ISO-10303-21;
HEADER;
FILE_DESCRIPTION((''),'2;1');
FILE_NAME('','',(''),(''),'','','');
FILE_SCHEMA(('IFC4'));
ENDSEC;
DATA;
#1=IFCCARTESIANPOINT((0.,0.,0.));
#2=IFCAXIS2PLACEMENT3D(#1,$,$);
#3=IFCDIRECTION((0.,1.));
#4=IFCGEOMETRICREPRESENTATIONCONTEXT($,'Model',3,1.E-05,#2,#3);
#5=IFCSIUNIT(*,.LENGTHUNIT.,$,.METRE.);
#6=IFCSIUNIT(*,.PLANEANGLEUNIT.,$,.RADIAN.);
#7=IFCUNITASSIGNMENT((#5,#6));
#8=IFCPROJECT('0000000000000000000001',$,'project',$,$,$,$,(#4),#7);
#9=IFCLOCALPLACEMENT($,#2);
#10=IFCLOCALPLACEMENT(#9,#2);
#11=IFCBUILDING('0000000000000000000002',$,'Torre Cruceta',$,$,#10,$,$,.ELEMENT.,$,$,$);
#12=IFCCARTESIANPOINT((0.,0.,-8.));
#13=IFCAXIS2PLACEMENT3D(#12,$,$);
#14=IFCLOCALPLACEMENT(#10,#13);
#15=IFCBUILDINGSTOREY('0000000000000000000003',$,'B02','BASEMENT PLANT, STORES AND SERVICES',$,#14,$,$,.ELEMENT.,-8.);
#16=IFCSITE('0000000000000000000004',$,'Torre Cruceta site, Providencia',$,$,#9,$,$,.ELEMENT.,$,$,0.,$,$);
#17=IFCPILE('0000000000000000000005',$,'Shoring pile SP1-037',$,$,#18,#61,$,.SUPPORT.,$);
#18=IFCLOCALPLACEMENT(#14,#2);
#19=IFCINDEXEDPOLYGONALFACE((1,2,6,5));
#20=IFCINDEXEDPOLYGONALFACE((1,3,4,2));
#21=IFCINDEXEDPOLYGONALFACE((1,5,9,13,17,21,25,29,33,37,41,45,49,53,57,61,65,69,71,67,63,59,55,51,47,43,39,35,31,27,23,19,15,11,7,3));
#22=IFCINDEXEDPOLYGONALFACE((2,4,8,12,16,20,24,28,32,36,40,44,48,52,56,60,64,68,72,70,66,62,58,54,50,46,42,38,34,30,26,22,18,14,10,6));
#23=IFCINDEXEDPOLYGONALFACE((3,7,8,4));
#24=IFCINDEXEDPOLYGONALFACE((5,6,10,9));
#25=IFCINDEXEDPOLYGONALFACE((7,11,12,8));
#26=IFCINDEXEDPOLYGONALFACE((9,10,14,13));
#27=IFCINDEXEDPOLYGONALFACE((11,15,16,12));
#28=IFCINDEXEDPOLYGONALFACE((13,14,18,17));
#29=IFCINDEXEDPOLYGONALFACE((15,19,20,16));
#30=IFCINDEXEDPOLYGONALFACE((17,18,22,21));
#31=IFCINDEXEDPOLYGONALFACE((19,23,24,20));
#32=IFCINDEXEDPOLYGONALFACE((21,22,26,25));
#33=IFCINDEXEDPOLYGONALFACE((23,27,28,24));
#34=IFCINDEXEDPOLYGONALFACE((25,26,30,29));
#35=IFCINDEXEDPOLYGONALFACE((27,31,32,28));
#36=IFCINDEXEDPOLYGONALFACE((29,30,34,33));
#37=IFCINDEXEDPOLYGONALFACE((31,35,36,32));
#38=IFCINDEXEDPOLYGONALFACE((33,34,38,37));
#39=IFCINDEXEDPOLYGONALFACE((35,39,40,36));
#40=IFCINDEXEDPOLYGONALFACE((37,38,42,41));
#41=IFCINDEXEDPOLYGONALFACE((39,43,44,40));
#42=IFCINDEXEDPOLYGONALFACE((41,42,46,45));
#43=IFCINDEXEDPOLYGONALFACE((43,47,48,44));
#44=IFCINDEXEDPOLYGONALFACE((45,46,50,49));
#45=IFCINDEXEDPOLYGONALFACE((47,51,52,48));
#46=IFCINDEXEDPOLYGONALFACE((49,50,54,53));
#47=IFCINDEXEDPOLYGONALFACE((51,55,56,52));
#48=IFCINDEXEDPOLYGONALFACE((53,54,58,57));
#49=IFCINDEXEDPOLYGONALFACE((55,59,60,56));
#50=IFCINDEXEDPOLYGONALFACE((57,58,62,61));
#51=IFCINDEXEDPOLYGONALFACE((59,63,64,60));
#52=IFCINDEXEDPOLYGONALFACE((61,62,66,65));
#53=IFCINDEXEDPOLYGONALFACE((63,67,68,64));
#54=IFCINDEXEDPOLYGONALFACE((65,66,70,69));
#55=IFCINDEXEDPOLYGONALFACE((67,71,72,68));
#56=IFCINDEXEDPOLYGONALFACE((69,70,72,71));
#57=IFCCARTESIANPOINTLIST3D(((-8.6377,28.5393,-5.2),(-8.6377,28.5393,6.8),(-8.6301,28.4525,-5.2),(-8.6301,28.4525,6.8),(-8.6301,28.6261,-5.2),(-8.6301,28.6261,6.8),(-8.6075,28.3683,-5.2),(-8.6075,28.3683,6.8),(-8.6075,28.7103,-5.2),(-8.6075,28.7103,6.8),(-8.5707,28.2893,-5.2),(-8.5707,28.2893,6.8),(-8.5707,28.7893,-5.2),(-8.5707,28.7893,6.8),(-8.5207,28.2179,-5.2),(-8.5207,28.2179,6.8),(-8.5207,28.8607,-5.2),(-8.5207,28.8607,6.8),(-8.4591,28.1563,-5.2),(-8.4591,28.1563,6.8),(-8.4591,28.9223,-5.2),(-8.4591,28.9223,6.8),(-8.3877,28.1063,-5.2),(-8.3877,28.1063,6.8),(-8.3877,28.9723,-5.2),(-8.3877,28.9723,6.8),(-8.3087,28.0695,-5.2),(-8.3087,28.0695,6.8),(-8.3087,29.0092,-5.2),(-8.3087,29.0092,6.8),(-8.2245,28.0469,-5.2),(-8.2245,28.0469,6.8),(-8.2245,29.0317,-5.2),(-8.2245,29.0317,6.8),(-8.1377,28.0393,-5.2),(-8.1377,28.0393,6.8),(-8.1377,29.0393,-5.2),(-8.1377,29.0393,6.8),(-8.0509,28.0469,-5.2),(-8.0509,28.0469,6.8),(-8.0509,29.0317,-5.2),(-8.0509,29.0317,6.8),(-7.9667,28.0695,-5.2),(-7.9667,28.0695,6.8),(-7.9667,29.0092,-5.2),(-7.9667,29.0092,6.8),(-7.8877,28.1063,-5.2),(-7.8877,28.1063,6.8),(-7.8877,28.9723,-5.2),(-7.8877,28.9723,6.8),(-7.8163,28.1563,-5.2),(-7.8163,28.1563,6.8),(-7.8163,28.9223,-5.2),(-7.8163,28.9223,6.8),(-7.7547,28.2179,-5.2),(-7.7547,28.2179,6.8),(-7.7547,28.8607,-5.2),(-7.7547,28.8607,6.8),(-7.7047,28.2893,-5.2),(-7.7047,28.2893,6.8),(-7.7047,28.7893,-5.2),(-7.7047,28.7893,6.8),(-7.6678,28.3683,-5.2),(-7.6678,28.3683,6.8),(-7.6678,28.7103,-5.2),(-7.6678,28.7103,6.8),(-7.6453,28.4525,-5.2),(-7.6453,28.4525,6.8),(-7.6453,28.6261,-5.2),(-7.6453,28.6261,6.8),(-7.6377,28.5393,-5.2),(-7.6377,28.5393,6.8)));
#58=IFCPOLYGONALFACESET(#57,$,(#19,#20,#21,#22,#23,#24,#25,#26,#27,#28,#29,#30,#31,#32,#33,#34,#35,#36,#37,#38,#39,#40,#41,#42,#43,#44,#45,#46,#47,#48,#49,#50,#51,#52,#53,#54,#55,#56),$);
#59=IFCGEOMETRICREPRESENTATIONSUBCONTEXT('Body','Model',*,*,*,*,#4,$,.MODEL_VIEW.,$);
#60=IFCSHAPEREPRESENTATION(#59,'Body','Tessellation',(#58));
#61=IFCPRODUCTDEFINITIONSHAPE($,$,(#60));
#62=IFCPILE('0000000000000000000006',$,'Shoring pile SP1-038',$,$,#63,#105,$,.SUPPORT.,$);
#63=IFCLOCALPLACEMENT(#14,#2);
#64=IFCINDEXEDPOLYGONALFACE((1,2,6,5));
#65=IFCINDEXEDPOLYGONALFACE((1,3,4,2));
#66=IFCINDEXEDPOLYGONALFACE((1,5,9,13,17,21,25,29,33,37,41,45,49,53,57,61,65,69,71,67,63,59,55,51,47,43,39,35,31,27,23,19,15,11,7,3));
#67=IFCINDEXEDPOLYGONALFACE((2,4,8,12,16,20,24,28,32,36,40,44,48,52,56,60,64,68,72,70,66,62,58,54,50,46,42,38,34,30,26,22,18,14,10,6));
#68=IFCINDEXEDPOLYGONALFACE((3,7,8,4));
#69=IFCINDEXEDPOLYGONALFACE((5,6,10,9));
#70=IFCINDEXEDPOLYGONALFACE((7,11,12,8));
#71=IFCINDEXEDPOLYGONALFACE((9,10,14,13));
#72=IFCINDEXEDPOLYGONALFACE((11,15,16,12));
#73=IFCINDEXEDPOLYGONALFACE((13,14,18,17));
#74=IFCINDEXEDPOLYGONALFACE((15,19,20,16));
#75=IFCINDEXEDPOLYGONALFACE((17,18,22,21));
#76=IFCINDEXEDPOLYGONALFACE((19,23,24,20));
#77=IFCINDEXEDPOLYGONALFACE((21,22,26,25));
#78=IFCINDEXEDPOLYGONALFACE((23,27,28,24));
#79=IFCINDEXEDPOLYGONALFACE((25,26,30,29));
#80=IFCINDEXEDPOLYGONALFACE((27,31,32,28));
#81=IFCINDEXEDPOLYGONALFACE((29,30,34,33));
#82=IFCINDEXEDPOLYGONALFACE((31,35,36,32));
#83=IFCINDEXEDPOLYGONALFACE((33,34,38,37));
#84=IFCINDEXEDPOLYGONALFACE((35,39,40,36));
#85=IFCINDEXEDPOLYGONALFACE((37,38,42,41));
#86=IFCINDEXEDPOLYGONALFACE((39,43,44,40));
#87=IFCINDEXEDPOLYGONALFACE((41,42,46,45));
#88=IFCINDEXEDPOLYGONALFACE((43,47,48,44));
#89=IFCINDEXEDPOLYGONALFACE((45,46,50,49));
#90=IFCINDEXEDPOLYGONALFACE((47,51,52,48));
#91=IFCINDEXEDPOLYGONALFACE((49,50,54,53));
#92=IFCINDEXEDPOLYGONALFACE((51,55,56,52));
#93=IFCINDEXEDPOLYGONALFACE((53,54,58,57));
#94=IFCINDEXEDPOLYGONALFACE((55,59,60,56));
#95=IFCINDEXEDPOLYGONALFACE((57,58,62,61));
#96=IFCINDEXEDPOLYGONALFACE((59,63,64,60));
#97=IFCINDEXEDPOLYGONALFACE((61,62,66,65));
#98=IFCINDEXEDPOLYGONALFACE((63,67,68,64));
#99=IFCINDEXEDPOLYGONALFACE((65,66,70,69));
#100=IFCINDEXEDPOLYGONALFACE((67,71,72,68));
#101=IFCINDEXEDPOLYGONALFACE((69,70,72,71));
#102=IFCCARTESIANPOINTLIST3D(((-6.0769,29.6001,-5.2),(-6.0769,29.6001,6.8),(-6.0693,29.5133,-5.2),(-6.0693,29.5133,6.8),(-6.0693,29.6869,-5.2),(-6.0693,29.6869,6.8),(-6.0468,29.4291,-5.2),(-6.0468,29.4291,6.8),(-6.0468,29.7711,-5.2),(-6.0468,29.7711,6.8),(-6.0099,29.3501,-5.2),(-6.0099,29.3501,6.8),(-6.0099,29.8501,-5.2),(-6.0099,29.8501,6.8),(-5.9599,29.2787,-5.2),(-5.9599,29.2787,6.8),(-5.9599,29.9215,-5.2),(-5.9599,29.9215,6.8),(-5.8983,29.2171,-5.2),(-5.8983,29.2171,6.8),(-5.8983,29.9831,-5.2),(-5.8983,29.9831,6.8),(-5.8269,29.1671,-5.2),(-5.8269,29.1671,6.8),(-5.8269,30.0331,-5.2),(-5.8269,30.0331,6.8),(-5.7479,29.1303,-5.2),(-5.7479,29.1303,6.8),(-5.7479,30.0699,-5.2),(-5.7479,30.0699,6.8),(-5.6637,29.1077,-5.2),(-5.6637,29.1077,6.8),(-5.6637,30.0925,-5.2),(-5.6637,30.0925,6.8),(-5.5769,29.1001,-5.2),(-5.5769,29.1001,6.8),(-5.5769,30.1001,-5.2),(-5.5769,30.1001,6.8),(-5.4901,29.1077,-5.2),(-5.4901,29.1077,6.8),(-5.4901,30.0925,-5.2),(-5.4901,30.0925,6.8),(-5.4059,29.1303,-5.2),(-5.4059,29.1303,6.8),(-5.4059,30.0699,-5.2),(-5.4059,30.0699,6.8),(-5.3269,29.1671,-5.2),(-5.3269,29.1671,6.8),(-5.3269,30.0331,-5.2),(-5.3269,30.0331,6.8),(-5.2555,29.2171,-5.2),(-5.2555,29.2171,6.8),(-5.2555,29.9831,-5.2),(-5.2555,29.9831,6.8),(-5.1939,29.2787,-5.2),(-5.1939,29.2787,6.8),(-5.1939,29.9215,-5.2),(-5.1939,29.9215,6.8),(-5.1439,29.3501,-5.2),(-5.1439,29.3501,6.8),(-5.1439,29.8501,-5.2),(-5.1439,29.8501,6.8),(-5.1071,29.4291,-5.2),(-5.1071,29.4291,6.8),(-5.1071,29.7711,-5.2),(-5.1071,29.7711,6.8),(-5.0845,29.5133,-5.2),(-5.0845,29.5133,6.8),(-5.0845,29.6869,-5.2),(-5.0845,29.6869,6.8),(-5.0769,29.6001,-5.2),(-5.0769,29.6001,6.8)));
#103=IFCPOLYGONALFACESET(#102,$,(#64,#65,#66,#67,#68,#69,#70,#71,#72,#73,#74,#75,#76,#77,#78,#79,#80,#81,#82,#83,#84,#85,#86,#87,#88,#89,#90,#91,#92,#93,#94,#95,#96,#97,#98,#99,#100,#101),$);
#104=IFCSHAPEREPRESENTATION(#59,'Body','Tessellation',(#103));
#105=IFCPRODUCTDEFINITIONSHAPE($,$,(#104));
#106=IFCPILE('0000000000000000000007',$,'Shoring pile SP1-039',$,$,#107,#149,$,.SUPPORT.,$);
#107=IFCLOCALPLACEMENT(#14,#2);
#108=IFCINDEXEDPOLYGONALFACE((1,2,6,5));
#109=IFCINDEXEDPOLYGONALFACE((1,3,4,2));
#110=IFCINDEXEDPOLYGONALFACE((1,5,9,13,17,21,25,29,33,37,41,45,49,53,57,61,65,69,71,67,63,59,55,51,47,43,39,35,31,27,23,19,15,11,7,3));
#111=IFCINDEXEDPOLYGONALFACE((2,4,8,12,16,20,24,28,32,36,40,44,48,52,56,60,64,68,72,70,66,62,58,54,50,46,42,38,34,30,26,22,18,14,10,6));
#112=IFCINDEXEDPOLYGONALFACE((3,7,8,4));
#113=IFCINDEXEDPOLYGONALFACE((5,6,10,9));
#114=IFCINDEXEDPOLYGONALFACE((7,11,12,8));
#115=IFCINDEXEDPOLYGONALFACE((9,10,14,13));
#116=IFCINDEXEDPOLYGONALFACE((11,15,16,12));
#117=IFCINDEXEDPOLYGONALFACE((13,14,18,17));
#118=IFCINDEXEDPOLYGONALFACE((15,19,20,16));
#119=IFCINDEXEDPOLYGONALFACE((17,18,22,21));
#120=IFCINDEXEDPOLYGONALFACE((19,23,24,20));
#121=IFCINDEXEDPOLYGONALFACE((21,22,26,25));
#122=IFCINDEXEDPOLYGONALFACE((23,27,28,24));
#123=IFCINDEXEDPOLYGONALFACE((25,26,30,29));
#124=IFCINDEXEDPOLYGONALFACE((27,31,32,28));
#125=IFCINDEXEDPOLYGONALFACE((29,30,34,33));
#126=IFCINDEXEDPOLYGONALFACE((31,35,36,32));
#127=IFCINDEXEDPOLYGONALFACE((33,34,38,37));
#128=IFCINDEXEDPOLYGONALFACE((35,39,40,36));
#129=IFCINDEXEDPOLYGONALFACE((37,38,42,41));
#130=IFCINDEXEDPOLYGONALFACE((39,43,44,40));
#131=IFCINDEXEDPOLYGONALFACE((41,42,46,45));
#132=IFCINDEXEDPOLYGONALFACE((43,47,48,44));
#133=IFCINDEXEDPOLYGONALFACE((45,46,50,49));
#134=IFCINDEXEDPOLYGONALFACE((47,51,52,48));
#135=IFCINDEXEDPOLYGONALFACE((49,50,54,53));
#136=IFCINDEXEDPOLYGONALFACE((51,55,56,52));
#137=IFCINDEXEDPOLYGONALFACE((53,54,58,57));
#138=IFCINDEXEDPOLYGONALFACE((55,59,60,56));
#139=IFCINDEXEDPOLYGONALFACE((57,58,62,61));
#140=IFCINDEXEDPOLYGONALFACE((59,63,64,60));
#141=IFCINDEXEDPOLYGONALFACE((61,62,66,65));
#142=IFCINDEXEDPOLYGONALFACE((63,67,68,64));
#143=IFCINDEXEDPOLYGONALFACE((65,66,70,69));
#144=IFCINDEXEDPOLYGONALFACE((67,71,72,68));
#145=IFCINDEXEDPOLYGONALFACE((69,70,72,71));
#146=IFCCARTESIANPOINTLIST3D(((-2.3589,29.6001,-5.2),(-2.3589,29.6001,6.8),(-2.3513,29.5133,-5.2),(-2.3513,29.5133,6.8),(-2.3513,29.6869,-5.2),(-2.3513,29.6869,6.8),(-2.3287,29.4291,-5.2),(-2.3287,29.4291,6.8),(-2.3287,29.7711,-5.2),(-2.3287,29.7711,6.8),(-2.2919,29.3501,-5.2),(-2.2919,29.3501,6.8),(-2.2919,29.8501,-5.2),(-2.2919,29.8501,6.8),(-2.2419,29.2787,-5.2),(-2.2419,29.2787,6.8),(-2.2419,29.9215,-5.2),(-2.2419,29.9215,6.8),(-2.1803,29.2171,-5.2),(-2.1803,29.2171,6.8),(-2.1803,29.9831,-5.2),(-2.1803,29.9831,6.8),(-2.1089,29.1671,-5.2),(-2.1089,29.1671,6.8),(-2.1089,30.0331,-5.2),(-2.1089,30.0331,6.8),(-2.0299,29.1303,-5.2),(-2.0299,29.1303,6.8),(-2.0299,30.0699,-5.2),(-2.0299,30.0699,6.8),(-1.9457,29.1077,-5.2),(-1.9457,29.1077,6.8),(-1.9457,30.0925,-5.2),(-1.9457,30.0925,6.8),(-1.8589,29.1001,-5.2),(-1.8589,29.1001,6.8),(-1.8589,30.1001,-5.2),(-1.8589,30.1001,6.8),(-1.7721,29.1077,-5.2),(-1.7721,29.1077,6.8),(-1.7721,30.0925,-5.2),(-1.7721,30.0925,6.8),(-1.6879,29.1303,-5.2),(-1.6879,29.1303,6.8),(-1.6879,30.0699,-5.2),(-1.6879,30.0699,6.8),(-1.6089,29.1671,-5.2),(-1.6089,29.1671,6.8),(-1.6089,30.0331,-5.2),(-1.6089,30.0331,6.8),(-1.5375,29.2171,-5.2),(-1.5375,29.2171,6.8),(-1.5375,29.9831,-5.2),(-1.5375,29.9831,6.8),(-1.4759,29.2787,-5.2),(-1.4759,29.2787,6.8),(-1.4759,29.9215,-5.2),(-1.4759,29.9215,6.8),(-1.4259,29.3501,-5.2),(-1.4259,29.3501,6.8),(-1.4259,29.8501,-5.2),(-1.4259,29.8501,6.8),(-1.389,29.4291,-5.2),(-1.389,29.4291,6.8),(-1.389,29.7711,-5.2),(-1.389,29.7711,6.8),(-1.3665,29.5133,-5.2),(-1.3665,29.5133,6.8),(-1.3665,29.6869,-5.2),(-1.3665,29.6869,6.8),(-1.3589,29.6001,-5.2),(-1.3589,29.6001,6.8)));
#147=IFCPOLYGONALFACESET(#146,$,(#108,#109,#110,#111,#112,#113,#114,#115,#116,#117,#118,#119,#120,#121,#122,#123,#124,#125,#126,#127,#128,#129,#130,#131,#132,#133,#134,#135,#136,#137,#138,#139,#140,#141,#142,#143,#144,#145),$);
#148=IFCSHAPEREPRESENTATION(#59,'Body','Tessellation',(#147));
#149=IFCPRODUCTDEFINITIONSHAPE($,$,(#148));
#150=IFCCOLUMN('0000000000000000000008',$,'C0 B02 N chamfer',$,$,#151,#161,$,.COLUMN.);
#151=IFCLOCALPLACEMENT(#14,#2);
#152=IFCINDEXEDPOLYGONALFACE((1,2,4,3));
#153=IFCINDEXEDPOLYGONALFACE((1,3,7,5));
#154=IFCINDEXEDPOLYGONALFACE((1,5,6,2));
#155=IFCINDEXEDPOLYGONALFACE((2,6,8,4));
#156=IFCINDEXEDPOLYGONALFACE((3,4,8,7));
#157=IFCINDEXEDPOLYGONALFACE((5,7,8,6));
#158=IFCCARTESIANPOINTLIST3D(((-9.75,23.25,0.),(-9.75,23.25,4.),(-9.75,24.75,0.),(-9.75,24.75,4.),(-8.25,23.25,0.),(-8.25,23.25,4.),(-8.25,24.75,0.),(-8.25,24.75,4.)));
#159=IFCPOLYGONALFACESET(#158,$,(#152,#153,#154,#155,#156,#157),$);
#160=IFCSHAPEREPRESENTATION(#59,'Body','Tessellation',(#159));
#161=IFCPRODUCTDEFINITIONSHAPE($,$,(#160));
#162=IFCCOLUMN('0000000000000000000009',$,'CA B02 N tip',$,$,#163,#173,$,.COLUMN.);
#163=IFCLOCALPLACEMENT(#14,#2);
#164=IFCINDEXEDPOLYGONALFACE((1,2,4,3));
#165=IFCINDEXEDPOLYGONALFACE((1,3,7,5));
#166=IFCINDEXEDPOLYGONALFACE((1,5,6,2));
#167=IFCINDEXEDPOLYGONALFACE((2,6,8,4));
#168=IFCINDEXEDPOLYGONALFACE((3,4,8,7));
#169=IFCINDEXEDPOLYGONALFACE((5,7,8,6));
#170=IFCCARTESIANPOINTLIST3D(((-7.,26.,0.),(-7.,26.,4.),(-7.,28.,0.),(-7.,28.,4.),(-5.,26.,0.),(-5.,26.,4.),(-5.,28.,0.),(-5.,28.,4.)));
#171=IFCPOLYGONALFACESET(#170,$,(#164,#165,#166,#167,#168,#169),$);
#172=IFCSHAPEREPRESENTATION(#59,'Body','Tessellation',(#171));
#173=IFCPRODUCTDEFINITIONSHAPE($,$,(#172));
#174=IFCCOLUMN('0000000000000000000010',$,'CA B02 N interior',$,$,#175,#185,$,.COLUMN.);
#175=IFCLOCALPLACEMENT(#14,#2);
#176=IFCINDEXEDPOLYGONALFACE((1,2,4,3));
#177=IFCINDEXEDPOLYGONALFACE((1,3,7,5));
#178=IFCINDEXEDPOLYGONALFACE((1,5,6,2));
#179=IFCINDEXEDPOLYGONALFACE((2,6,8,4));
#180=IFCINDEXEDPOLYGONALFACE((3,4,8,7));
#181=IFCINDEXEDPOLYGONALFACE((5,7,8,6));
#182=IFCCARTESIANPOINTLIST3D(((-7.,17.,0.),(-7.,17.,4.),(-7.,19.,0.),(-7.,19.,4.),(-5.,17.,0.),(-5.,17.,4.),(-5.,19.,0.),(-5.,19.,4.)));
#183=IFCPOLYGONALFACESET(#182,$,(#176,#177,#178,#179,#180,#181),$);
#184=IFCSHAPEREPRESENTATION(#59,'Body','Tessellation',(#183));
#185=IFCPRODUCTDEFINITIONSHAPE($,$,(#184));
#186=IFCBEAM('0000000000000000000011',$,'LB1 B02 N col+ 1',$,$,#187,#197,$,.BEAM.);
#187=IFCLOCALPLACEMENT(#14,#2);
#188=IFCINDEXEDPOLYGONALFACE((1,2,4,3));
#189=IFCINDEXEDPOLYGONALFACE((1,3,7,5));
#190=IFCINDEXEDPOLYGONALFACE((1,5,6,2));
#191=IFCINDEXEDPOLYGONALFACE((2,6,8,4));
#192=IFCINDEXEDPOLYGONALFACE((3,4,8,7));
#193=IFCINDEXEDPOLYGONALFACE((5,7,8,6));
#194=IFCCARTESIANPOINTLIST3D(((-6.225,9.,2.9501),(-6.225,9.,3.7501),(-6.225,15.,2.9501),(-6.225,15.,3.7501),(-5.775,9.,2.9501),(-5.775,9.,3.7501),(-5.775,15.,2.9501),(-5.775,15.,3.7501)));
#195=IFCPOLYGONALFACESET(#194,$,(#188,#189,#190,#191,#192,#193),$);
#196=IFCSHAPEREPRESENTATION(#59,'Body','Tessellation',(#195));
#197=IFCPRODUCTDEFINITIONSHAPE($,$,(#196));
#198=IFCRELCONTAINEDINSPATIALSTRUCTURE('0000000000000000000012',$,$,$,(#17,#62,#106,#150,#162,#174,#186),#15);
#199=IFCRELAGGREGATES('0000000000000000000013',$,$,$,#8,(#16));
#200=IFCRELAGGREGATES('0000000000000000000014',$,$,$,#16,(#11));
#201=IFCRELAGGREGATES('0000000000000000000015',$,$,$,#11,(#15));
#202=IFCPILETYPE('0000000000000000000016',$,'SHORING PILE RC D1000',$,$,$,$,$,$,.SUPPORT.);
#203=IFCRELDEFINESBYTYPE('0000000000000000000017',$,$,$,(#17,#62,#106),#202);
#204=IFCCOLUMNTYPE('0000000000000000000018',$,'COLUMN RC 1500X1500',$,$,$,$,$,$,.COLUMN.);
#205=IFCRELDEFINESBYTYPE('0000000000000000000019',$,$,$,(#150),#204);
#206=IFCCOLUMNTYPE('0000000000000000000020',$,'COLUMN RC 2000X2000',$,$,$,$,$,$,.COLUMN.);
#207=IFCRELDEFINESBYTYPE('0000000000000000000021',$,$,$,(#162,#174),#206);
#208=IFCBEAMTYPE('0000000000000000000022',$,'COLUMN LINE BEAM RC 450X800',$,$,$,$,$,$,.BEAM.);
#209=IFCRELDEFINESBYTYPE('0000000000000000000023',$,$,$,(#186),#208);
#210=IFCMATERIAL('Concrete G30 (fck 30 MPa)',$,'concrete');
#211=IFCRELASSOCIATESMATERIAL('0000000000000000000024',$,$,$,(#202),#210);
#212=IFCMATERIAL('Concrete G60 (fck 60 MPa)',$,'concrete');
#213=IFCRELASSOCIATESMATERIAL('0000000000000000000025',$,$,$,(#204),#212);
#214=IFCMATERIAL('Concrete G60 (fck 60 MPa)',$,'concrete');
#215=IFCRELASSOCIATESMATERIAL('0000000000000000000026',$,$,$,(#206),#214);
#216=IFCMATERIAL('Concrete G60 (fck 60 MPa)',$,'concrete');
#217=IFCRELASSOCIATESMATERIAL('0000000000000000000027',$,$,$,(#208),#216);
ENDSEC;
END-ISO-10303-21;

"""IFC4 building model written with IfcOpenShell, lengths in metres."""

from ifc_helpers import new_model, si_unit, direction, frame, origin, origin_2d, place, context, subcontext, project, spatial, rectangle, circle, extrude, material, material_profile, profile_set, type_object, element, save


model = new_model("IFC4")

# Units and contexts
model_context = context("Model", 3, precision=1e-05, world=origin(), true_north=direction((0.0, 1.0)))
body_context = subcontext(model_context, "Body", "Model", "MODEL_VIEW")
ifc_project = project(units=[si_unit("LENGTHUNIT", "METRE"), si_unit("PLANEANGLEUNIT", "RADIAN")], contexts=[model_context])

# Site, building, storey
site_placement = place(None, origin())
site = spatial("IfcSite", under=ifc_project, at=site_placement, Name="Torre Cruceta site, Providencia", CompositionType="ELEMENT", RefElevation=0.0)
building_placement = place(site_placement, origin())
building = spatial("IfcBuilding", under=site, at=building_placement, Name="Torre Cruceta", CompositionType="ELEMENT")
storey_placement = place(building_placement, frame((0.0, 0.0, -8.0)))
storey = spatial("IfcBuildingStorey", under=building, at=storey_placement, Name="B02", Description="BASEMENT PLANT, STORES AND SERVICES", CompositionType="ELEMENT", Elevation=-8.0)

# Piles
ifc_material_1 = material(Name="Concrete G30 (fck 30 MPa)", Category="concrete")
ifc_material_profile_1 = material_profile(ifc_material_1, circle(Radius=0.5, at=origin_2d()), Name="RC D1000")
ifc_profile_set_1 = profile_set([ifc_material_profile_1], Name="Concrete G30 (fck 30 MPa)")
pile_type_1 = type_object("IfcPileType", Name="SHORING PILE RC D1000", PredefinedType="SUPPORT", material=ifc_profile_set_1)
for number, where, z_axis, x_axis, name in (
    (1, (-8.1377, 28.5393, 6.8), (0.0, 0.0, -1.0), (1.0, 0.0, 0.0), "Shoring pile SP1-037"),
    (2, (-5.5769, 29.6001, 6.8), (0.0, 0.0, -1.0), (1.0, 0.0, 0.0), "Shoring pile SP1-038"),
    (3, (-1.8589, 29.6001, 6.8), (0.0, 0.0, -1.0), (1.0, 0.0, 0.0), "Shoring pile SP1-039"),
):
    element("IfcPile", number, at=place(storey_placement, frame(where, z_axis=z_axis, x_axis=x_axis)), inside=storey, type_object=pile_type_1, Name=name, PredefinedType="SUPPORT", context=body_context, shape_type="SweptSolid", body=[
        extrude(circle(Radius=0.5, at=origin_2d()), origin(), (0.0, 0.0, 1.0), 12.0),
    ])

# Columns
ifc_material_2 = material(Name="Concrete G60 (fck 60 MPa)", Category="concrete")
ifc_material_profile_2 = material_profile(ifc_material_2, rectangle(XDim=1.5, YDim=1.5, at=origin_2d()), Name="RC 1500X1500")
ifc_profile_set_2 = profile_set([ifc_material_profile_2], Name="Concrete G60 (fck 60 MPa)")
column_type_1 = type_object("IfcColumnType", Name="COLUMN RC 1500X1500", PredefinedType="COLUMN", material=ifc_profile_set_2)
column_placement = place(storey_placement, frame((-9.0, 24.0, 0.0), z_axis=(0.0, 0.0, 1.0), x_axis=(1.0, 0.0, 0.0)))
element("IfcColumn", 4, at=column_placement, inside=storey, type_object=column_type_1, Name="C0 B02 N chamfer", PredefinedType="COLUMN", context=body_context, shape_type="SweptSolid", body=[
    extrude(rectangle(XDim=1.5, YDim=1.5, at=origin_2d()), origin(), (0.0, 0.0, 1.0), 4.0),
])
ifc_material_3 = material(Name="Concrete G60 (fck 60 MPa)", Category="concrete")
ifc_material_profile_3 = material_profile(ifc_material_3, rectangle(XDim=2.0, YDim=2.0, at=origin_2d()), Name="RC 2000X2000")
ifc_profile_set_3 = profile_set([ifc_material_profile_3], Name="Concrete G60 (fck 60 MPa)")
column_type_2 = type_object("IfcColumnType", Name="COLUMN RC 2000X2000", PredefinedType="COLUMN", material=ifc_profile_set_3)
for number, where, z_axis, x_axis, name in (
    (5, (-6.0, 27.0, 0.0), (0.0, 0.0, 1.0), (1.0, 0.0, 0.0), "CA B02 N tip"),
    (6, (-6.0, 18.0, 0.0), (0.0, 0.0, 1.0), (1.0, 0.0, 0.0), "CA B02 N interior"),
):
    element("IfcColumn", number, at=place(storey_placement, frame(where, z_axis=z_axis, x_axis=x_axis)), inside=storey, type_object=column_type_2, Name=name, PredefinedType="COLUMN", context=body_context, shape_type="SweptSolid", body=[
        extrude(rectangle(XDim=2.0, YDim=2.0, at=origin_2d()), origin(), (0.0, 0.0, 1.0), 4.0),
    ])

# Beam
ifc_material_4 = material(Name="Concrete G60 (fck 60 MPa)", Category="concrete")
ifc_material_profile_4 = material_profile(ifc_material_4, rectangle(XDim=0.45, YDim=0.8, at=origin_2d()), Name="RC 450X800")
ifc_profile_set_4 = profile_set([ifc_material_profile_4], Name="Concrete G60 (fck 60 MPa)")
beam_type_1 = type_object("IfcBeamType", Name="COLUMN LINE BEAM RC 450X800", PredefinedType="BEAM", material=ifc_profile_set_4)
beam_placement = place(storey_placement, frame((-6.0, 9.0, 3.3501), z_axis=(0.0, 1.0, 0.0), x_axis=(-1.0, 0.0, 0.0)))
element("IfcBeam", 7, at=beam_placement, inside=storey, type_object=beam_type_1, Name="LB1 B02 N col+ 1", PredefinedType="BEAM", context=body_context, shape_type="SweptSolid", body=[
    extrude(rectangle(XDim=0.45, YDim=0.8, at=origin_2d()), origin(), (0.0, 0.0, 1.0), 6.0),
])

save(model, "model.ifc")
